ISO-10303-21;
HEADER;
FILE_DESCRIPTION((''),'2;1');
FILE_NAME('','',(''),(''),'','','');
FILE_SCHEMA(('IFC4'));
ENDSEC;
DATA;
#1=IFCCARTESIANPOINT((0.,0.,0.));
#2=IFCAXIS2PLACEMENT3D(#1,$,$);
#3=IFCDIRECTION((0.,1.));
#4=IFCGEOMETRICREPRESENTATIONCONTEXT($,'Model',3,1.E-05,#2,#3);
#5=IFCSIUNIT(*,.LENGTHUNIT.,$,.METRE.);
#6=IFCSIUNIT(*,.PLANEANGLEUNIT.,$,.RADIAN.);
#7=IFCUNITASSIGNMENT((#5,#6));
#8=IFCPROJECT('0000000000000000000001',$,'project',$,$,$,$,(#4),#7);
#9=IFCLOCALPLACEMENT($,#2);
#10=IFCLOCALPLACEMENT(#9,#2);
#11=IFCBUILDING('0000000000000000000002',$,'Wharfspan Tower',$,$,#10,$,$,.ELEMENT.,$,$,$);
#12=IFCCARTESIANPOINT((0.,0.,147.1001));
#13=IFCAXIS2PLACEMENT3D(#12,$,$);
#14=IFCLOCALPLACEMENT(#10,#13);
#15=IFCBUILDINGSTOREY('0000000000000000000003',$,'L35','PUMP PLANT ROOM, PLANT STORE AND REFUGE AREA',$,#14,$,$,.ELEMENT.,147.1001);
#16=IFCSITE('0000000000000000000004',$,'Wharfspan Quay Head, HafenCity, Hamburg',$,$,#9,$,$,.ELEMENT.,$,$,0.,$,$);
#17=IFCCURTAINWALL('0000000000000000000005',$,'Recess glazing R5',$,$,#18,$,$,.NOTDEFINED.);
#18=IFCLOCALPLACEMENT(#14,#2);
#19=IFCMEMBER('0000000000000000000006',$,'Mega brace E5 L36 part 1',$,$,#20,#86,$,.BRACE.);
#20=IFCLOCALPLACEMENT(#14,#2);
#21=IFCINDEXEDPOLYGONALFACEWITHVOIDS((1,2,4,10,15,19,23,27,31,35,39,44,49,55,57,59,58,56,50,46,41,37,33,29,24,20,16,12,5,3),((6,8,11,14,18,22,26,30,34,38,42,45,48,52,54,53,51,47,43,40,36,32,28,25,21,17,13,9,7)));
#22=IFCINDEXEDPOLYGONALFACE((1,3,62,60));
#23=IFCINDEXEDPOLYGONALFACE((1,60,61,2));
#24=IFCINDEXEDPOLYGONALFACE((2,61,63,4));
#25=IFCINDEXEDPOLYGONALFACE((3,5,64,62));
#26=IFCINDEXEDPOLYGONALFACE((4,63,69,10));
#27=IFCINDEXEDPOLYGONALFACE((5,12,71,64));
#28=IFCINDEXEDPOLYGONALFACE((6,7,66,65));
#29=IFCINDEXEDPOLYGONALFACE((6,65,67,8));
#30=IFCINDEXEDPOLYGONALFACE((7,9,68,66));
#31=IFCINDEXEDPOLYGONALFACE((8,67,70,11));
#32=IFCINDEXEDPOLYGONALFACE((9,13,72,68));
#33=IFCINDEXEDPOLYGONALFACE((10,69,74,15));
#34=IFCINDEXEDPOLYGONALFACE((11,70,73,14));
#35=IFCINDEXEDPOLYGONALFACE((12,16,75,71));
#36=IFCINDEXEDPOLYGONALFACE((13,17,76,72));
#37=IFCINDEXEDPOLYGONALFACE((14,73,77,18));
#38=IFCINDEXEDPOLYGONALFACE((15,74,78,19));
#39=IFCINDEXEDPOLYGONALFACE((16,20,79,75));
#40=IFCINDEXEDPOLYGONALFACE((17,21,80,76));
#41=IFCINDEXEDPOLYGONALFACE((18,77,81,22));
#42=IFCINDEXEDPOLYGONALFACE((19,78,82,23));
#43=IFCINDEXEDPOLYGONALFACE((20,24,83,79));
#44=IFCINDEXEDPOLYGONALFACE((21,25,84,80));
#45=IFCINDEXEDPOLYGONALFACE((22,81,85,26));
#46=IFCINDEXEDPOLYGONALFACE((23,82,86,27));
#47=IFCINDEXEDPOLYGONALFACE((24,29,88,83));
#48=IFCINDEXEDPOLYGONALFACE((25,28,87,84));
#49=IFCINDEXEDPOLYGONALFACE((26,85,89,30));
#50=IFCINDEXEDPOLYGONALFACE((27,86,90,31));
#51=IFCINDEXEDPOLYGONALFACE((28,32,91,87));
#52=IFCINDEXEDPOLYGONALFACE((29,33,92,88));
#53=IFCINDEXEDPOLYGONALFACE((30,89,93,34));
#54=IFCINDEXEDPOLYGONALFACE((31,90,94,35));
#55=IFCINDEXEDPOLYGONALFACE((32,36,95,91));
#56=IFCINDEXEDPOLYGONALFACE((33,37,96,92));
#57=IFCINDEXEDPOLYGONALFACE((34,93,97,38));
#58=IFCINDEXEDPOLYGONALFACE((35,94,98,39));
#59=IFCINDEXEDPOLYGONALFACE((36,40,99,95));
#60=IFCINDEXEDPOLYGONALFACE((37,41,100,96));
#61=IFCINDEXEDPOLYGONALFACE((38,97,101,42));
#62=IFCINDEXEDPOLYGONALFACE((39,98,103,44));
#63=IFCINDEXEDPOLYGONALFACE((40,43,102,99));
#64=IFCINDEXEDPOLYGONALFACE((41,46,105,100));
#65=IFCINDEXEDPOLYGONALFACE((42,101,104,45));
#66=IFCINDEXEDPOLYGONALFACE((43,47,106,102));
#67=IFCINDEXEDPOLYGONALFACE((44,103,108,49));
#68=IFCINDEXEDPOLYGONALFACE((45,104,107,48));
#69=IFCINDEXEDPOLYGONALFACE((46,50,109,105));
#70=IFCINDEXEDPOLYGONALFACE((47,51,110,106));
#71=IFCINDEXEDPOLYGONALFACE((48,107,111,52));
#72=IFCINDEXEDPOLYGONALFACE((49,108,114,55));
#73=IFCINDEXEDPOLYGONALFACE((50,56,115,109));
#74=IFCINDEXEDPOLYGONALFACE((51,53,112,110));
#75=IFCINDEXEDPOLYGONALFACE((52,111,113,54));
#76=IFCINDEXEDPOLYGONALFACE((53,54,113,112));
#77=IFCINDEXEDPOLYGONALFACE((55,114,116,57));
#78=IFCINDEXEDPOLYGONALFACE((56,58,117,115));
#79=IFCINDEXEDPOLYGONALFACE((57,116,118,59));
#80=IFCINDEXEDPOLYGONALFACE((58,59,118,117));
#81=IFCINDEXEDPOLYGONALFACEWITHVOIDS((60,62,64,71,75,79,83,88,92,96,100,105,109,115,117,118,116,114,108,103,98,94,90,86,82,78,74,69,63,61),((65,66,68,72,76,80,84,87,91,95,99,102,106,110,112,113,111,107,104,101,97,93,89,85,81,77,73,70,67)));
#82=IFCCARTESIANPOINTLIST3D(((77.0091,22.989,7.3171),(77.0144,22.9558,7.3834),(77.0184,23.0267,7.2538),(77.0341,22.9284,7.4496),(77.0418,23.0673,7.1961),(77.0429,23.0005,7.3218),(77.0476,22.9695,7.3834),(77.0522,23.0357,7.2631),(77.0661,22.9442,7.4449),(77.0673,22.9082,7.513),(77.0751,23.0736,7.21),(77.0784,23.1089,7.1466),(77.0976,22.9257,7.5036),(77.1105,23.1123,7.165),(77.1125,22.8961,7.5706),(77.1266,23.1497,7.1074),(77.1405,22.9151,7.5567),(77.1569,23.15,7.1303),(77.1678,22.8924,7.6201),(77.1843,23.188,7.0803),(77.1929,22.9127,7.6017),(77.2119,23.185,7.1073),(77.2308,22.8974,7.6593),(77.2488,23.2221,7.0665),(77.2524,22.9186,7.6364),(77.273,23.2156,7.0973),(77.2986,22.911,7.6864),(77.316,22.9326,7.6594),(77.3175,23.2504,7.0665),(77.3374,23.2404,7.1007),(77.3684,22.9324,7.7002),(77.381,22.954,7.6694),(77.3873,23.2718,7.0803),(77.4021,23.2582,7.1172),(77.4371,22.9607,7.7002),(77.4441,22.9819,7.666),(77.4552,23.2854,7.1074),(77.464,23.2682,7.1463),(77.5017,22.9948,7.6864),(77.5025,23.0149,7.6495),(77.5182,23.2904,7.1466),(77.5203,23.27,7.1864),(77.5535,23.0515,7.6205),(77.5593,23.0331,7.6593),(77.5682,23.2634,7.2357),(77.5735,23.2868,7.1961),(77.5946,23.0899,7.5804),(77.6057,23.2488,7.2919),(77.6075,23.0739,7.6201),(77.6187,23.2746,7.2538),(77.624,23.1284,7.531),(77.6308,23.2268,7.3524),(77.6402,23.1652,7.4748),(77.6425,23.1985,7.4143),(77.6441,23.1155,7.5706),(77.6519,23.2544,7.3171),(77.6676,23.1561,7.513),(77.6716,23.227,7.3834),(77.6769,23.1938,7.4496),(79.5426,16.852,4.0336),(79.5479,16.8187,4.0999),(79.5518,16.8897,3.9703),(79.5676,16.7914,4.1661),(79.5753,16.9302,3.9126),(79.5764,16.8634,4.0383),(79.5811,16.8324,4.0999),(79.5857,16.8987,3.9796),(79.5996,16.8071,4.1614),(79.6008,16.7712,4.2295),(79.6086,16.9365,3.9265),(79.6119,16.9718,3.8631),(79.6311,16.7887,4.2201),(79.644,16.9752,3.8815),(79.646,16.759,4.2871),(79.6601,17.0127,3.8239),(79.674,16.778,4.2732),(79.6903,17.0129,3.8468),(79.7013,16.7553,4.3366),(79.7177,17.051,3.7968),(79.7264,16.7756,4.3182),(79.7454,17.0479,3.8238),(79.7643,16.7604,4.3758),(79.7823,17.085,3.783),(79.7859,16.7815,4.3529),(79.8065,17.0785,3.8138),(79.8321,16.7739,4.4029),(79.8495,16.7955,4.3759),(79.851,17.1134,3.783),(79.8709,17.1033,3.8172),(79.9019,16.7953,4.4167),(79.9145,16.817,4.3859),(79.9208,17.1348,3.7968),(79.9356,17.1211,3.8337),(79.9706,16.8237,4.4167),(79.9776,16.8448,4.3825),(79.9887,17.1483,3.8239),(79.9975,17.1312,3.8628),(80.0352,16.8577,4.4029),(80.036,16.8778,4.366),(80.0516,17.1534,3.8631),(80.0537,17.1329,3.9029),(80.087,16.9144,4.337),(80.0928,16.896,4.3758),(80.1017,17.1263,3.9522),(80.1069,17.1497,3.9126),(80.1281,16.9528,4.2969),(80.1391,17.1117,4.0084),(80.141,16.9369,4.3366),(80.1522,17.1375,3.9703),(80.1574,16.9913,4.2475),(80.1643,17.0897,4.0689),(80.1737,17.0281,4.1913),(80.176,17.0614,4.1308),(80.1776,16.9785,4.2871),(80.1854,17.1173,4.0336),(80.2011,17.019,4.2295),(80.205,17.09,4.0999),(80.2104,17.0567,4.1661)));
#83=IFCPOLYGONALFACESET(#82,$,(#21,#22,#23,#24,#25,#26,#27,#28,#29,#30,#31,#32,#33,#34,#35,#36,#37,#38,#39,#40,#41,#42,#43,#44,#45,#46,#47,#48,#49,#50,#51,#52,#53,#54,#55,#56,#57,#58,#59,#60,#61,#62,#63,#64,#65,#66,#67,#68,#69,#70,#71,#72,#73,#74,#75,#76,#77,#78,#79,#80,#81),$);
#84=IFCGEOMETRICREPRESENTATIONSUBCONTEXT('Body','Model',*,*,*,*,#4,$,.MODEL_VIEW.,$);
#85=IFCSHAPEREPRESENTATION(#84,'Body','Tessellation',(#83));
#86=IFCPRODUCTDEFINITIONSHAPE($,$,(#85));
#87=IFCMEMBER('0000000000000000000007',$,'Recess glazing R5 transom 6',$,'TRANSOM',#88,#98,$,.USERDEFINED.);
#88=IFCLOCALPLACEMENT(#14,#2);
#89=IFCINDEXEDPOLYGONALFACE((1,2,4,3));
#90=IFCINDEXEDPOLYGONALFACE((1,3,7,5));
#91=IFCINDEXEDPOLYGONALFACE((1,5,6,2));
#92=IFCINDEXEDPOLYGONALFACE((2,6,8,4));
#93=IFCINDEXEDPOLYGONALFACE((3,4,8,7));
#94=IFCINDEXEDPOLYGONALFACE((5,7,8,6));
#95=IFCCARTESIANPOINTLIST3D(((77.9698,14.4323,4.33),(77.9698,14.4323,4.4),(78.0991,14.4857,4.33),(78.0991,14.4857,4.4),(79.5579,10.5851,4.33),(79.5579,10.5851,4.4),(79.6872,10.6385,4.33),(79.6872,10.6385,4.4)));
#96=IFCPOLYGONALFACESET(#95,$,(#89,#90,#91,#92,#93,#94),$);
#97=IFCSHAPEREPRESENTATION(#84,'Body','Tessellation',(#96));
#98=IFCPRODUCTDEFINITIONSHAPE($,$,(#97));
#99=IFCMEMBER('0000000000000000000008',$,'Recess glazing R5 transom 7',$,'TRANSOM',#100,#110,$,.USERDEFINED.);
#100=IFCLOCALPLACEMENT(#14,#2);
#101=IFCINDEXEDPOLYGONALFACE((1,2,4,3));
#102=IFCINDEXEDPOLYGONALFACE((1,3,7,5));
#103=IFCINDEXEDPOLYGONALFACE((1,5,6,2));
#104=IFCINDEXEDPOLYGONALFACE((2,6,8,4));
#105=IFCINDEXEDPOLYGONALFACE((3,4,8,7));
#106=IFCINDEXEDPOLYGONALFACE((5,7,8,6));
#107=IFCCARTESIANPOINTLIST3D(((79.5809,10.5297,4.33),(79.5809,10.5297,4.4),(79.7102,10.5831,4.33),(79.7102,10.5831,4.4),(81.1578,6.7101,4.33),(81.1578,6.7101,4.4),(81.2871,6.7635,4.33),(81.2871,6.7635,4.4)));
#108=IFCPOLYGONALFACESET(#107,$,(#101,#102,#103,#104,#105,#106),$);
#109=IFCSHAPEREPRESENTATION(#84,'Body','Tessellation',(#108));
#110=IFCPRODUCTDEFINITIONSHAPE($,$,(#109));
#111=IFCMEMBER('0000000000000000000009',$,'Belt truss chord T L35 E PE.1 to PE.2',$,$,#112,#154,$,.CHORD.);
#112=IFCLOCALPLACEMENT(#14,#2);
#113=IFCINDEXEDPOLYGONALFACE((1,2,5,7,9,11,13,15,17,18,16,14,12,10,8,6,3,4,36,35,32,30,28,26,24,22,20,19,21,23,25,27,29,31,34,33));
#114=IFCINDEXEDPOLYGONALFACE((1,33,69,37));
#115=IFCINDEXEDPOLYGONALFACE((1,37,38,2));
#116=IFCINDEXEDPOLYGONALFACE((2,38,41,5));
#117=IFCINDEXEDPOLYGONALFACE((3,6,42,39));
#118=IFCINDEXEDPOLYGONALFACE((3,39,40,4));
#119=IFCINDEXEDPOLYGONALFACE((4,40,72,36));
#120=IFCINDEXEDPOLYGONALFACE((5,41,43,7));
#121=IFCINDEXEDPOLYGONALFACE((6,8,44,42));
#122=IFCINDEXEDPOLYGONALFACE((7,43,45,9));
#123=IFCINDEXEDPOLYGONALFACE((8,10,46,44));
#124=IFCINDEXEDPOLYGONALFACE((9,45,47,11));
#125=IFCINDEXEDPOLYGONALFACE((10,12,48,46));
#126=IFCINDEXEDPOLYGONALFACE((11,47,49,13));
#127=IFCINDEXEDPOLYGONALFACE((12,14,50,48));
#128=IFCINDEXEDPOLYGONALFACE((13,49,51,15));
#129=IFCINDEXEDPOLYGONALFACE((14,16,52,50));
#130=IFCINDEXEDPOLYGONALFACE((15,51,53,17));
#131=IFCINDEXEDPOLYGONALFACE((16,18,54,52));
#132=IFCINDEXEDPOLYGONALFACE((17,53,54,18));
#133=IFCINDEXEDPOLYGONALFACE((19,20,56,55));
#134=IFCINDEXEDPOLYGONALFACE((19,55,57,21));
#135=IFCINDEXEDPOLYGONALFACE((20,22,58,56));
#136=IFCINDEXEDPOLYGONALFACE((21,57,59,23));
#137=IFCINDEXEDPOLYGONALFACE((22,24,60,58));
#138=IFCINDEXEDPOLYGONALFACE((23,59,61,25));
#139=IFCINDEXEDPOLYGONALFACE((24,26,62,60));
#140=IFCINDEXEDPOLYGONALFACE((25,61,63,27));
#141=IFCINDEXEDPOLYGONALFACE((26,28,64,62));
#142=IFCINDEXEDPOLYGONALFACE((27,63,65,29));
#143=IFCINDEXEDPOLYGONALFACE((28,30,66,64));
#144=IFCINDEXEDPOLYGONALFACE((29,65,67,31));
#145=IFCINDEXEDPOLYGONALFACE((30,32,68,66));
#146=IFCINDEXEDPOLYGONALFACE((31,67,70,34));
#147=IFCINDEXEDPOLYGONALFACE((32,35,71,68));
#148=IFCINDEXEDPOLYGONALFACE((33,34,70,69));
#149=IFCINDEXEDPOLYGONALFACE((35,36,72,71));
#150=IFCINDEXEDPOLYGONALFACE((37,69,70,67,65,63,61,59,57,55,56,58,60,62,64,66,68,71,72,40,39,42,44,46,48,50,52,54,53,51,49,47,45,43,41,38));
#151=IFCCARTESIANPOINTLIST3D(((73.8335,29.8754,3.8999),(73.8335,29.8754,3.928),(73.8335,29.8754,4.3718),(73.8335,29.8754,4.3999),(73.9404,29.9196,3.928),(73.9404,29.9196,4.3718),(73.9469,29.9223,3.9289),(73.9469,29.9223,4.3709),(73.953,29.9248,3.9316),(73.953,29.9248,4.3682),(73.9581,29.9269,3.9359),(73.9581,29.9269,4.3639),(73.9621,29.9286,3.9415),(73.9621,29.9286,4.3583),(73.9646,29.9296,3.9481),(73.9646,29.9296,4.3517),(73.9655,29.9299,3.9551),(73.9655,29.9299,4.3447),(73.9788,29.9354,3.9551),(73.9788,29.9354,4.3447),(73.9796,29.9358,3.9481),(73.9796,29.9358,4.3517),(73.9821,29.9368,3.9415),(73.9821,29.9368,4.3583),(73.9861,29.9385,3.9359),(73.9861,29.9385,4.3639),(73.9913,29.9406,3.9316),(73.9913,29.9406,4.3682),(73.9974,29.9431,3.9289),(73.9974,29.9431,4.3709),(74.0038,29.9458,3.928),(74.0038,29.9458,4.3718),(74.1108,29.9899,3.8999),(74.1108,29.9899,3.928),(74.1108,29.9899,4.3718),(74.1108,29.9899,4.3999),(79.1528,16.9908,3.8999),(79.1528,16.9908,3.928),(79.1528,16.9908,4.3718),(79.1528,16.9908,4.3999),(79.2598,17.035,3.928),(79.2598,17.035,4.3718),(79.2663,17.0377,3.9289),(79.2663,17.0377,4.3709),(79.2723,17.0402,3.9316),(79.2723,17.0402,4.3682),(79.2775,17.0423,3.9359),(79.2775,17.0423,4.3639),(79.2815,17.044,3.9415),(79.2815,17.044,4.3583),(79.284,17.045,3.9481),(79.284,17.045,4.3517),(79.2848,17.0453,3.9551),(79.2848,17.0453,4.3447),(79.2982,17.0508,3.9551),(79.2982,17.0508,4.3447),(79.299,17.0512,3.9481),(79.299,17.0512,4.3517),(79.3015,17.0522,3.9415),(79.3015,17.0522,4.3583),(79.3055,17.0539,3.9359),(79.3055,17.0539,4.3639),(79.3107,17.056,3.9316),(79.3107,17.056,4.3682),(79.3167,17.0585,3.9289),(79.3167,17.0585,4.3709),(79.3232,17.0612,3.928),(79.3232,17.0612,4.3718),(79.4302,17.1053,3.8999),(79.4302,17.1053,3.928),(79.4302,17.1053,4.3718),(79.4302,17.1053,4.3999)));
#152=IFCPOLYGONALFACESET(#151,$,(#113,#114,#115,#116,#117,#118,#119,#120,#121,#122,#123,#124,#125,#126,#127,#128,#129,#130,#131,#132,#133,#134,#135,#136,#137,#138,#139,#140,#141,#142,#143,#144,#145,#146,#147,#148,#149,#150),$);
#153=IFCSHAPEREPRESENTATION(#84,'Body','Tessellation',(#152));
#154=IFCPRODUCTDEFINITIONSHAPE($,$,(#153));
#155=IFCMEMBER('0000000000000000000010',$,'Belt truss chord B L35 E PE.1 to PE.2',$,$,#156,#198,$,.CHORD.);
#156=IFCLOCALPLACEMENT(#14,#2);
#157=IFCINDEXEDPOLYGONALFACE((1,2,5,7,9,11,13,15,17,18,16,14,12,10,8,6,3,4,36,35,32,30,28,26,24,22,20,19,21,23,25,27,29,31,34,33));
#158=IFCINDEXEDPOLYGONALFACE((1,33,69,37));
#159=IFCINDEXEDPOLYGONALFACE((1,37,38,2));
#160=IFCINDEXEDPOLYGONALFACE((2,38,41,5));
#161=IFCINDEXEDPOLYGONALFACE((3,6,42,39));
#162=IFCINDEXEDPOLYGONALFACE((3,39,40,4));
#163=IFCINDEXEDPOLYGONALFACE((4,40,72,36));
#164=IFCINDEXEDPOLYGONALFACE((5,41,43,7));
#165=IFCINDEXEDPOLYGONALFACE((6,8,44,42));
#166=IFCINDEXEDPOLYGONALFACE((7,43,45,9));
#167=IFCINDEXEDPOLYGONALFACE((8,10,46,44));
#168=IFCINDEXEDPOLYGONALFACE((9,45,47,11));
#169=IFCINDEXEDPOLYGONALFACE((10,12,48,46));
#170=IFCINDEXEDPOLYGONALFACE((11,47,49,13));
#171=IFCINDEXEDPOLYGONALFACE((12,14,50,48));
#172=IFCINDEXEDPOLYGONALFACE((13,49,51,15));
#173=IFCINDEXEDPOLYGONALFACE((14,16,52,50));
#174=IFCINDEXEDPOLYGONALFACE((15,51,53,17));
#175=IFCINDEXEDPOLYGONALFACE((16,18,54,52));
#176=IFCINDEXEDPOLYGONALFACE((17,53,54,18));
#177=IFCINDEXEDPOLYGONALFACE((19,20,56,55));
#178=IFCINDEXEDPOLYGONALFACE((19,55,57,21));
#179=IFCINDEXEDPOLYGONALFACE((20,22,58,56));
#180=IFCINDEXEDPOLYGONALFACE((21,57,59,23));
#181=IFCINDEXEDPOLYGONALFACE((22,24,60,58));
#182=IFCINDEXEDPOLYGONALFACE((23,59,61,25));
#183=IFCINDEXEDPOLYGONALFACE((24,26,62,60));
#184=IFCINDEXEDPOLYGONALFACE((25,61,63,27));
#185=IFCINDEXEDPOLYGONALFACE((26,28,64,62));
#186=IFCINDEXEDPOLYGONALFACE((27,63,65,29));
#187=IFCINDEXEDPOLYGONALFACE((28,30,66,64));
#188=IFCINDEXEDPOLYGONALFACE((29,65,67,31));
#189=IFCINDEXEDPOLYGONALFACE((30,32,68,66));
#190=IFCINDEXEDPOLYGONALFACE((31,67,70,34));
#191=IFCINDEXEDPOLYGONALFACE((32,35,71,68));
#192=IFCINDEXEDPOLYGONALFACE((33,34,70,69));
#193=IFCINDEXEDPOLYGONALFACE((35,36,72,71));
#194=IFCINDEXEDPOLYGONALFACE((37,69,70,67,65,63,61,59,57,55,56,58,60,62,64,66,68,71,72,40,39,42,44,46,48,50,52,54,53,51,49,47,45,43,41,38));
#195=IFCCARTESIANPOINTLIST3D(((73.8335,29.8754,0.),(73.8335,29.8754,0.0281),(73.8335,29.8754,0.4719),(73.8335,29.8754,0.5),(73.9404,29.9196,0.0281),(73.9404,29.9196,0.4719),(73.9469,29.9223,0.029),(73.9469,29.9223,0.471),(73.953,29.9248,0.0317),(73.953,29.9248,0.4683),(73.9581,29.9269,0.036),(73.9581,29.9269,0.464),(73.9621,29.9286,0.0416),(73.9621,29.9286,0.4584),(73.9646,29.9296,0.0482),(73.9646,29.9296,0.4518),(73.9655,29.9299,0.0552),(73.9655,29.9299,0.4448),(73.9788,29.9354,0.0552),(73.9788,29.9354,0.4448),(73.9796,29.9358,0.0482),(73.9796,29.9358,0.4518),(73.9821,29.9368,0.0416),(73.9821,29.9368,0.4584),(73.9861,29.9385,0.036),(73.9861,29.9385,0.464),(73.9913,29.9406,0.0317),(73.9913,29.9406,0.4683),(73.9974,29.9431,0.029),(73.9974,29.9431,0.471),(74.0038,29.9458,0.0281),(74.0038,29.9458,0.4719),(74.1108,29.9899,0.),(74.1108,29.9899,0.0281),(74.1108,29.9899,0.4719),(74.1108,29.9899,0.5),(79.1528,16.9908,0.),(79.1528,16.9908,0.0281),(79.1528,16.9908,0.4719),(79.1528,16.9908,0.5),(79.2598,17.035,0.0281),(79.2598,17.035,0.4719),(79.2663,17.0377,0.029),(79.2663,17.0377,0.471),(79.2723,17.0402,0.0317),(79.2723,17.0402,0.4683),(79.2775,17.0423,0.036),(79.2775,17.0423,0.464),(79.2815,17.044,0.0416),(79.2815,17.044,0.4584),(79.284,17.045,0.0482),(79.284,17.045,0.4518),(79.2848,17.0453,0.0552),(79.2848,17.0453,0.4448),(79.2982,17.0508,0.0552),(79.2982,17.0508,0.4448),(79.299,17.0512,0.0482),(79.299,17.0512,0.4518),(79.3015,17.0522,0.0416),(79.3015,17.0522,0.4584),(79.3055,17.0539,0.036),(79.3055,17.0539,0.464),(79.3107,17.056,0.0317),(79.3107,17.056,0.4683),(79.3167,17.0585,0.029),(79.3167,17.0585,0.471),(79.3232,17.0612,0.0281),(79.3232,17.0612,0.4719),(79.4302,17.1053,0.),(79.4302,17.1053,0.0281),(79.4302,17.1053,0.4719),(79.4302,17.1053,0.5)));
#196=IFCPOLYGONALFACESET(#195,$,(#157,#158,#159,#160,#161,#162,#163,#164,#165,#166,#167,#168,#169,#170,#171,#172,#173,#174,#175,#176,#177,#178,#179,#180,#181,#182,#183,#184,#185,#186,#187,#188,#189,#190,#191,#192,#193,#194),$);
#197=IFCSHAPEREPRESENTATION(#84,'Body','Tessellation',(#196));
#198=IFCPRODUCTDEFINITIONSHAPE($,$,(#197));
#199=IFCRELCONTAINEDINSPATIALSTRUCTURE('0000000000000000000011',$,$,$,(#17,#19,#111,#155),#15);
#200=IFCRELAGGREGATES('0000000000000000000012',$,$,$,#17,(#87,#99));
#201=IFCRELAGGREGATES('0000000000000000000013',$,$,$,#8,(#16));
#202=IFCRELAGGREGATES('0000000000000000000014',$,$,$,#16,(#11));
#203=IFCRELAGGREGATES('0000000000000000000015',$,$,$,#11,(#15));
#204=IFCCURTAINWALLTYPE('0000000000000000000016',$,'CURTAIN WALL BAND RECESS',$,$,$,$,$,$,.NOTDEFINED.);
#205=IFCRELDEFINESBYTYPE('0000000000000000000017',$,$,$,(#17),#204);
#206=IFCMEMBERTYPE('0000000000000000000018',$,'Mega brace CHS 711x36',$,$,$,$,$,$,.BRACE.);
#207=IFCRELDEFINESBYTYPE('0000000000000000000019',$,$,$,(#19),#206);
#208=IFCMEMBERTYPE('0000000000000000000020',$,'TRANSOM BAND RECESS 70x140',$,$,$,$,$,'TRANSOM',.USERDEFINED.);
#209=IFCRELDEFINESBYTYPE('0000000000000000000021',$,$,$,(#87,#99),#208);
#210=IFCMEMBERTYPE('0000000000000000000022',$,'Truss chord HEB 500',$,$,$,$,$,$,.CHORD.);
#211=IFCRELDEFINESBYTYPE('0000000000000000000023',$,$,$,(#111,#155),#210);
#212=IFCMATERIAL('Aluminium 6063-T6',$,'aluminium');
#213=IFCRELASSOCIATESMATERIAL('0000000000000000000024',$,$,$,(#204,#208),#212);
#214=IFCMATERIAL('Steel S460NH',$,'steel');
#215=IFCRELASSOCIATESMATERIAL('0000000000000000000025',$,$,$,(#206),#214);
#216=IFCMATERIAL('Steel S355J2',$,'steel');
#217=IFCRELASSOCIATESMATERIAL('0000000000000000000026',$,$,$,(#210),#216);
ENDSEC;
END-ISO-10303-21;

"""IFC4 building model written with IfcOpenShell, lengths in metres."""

from ifc_helpers import new_model, si_unit, direction, frame, origin, origin_2d, place, context, subcontext, project, spatial, rectangle, hollow_circle, i_section, extrude, material, material_profile, profile_set, type_object, element, aggregate, save


model = new_model("IFC4")

# Units and contexts
model_context = context("Model", 3, precision=1e-05, world=origin(), true_north=direction((0.0, 1.0)))
body_context = subcontext(model_context, "Body", "Model", "MODEL_VIEW")
ifc_project = project(units=[si_unit("LENGTHUNIT", "METRE"), si_unit("PLANEANGLEUNIT", "RADIAN")], contexts=[model_context])

# Site, building, storey
site_placement = place(None, origin())
site = spatial("IfcSite", under=ifc_project, at=site_placement, Name="Wharfspan Quay Head, HafenCity, Hamburg", CompositionType="ELEMENT", RefElevation=0.0)
building_placement = place(site_placement, origin())
building = spatial("IfcBuilding", under=site, at=building_placement, Name="Wharfspan Tower", CompositionType="ELEMENT")
storey_placement = place(building_placement, frame((0.0, 0.0, 147.1001)))
storey = spatial("IfcBuildingStorey", under=building, at=storey_placement, Name="L35", Description="PUMP PLANT ROOM, PLANT STORE AND REFUGE AREA", CompositionType="ELEMENT", Elevation=147.1001)

# Shared definitions
ifc_material_1 = material(Name="Steel S355J2", Category="steel")

# Curtain wall
ifc_material_2 = material(Name="Aluminium 6063-T6", Category="aluminium")
curtain_wall_type = type_object("IfcCurtainWallType", Name="CURTAIN WALL BAND RECESS", PredefinedType="NOTDEFINED", material=ifc_material_2)
curtain_wall_placement = place(storey_placement, origin())
curtain_wall = element("IfcCurtainWall", 1, at=curtain_wall_placement, inside=storey, type_object=curtain_wall_type, Name="Recess glazing R5", PredefinedType="NOTDEFINED")

# Members
ifc_material_3 = material(Name="Steel S460NH", Category="steel")
ifc_material_profile_1 = material_profile(ifc_material_3, hollow_circle(Radius=0.3555, WallThickness=0.0359, at=origin_2d()))
ifc_profile_set_1 = profile_set([ifc_material_profile_1], Name="Steel S460NH")
member_type_1 = type_object("IfcMemberType", Name="Mega brace CHS 711x36", PredefinedType="BRACE", material=ifc_profile_set_1)
member_1_placement = place(storey_placement, frame((79.8765, 16.9543, 4.0999), z_axis=(-0.34204, 0.82855, 0.443298), x_axis=(-0.924336, -0.38158, -0.000004)))
element("IfcMember", 2, at=member_1_placement, inside=storey, type_object=member_type_1, Name="Mega brace E5 L36 part 1", PredefinedType="BRACE", context=body_context, shape_type="SweptSolid", body=[
    extrude(hollow_circle(Radius=0.3555, WallThickness=0.0359, at=origin_2d()), origin(), (0.0, 0.0, 1.0), 7.407),
])
ifc_material_profile_2 = material_profile(ifc_material_2, rectangle(XDim=0.1399, YDim=0.0701, at=origin_2d()))
ifc_profile_set_2 = profile_set([ifc_material_profile_2], Name="Aluminium 6063-T6")
member_type_2 = type_object("IfcMemberType", Name="TRANSOM BAND RECESS 70x140", ElementType="TRANSOM", PredefinedType="USERDEFINED", material=ifc_profile_set_2)
member_2_placement = place(storey_placement, frame((78.0344, 14.459, 4.365), z_axis=(0.381573, -0.924339, 0.0), x_axis=(0.924339, 0.381573, 0.0)))
member_2 = element("IfcMember", 3, at=member_2_placement, type_object=member_type_2, Name="Recess glazing R5 transom 6", ObjectType="TRANSOM", PredefinedType="USERDEFINED", context=body_context, shape_type="SweptSolid", body=[
    extrude(rectangle(XDim=0.1399, YDim=0.0701, at=origin_2d()), origin(), (0.0, 0.0, 1.0), 4.1621),
])
member_3_placement = place(storey_placement, frame((79.6455, 10.5564, 4.365), z_axis=(0.381605, -0.924325, 0.0), x_axis=(0.924325, 0.381605, 0.0)))
member_3 = element("IfcMember", 4, at=member_3_placement, type_object=member_type_2, Name="Recess glazing R5 transom 7", ObjectType="TRANSOM", PredefinedType="USERDEFINED", context=body_context, shape_type="SweptSolid", body=[
    extrude(rectangle(XDim=0.1399, YDim=0.0701, at=origin_2d()), origin(), (0.0, 0.0, 1.0), 4.1323),
])

# Members
ifc_material_profile_3 = material_profile(ifc_material_1, i_section(OverallWidth=0.3, OverallDepth=0.5, WebThickness=0.0144, FlangeThickness=0.0281, FilletRadius=0.0271, at=origin_2d()))
ifc_profile_set_3 = profile_set([ifc_material_profile_3], Name="Steel S355J2")
member_type_3 = type_object("IfcMemberType", Name="Truss chord HEB 500", PredefinedType="CHORD", material=ifc_profile_set_3)
for number, where, z_axis, x_axis, name in (
    (5, (79.2915, 17.0481, 4.1499), (-0.381605, 0.924325, 0.0), (-0.924325, -0.381605, 0.0), "Belt truss chord T L35 E PE.1 to PE.2"),
    (6, (79.2915, 17.0481, 0.25), (-0.381605, 0.924325, 0.0), (-0.924325, -0.381605, 0.0), "Belt truss chord B L35 E PE.1 to PE.2"),
):
    element("IfcMember", number, at=place(storey_placement, frame(where, z_axis=z_axis, x_axis=x_axis)), inside=storey, type_object=member_type_3, Name=name, PredefinedType="CHORD", context=body_context, shape_type="SweptSolid", body=[
        extrude(i_section(OverallWidth=0.3, OverallDepth=0.5, WebThickness=0.0144, FlangeThickness=0.0281, FilletRadius=0.0271, at=origin_2d()), origin(), (0.0, 0.0, 1.0), 13.9395),
    ])

aggregate(curtain_wall, [member_2, member_3])

save(model, "model.ifc")
